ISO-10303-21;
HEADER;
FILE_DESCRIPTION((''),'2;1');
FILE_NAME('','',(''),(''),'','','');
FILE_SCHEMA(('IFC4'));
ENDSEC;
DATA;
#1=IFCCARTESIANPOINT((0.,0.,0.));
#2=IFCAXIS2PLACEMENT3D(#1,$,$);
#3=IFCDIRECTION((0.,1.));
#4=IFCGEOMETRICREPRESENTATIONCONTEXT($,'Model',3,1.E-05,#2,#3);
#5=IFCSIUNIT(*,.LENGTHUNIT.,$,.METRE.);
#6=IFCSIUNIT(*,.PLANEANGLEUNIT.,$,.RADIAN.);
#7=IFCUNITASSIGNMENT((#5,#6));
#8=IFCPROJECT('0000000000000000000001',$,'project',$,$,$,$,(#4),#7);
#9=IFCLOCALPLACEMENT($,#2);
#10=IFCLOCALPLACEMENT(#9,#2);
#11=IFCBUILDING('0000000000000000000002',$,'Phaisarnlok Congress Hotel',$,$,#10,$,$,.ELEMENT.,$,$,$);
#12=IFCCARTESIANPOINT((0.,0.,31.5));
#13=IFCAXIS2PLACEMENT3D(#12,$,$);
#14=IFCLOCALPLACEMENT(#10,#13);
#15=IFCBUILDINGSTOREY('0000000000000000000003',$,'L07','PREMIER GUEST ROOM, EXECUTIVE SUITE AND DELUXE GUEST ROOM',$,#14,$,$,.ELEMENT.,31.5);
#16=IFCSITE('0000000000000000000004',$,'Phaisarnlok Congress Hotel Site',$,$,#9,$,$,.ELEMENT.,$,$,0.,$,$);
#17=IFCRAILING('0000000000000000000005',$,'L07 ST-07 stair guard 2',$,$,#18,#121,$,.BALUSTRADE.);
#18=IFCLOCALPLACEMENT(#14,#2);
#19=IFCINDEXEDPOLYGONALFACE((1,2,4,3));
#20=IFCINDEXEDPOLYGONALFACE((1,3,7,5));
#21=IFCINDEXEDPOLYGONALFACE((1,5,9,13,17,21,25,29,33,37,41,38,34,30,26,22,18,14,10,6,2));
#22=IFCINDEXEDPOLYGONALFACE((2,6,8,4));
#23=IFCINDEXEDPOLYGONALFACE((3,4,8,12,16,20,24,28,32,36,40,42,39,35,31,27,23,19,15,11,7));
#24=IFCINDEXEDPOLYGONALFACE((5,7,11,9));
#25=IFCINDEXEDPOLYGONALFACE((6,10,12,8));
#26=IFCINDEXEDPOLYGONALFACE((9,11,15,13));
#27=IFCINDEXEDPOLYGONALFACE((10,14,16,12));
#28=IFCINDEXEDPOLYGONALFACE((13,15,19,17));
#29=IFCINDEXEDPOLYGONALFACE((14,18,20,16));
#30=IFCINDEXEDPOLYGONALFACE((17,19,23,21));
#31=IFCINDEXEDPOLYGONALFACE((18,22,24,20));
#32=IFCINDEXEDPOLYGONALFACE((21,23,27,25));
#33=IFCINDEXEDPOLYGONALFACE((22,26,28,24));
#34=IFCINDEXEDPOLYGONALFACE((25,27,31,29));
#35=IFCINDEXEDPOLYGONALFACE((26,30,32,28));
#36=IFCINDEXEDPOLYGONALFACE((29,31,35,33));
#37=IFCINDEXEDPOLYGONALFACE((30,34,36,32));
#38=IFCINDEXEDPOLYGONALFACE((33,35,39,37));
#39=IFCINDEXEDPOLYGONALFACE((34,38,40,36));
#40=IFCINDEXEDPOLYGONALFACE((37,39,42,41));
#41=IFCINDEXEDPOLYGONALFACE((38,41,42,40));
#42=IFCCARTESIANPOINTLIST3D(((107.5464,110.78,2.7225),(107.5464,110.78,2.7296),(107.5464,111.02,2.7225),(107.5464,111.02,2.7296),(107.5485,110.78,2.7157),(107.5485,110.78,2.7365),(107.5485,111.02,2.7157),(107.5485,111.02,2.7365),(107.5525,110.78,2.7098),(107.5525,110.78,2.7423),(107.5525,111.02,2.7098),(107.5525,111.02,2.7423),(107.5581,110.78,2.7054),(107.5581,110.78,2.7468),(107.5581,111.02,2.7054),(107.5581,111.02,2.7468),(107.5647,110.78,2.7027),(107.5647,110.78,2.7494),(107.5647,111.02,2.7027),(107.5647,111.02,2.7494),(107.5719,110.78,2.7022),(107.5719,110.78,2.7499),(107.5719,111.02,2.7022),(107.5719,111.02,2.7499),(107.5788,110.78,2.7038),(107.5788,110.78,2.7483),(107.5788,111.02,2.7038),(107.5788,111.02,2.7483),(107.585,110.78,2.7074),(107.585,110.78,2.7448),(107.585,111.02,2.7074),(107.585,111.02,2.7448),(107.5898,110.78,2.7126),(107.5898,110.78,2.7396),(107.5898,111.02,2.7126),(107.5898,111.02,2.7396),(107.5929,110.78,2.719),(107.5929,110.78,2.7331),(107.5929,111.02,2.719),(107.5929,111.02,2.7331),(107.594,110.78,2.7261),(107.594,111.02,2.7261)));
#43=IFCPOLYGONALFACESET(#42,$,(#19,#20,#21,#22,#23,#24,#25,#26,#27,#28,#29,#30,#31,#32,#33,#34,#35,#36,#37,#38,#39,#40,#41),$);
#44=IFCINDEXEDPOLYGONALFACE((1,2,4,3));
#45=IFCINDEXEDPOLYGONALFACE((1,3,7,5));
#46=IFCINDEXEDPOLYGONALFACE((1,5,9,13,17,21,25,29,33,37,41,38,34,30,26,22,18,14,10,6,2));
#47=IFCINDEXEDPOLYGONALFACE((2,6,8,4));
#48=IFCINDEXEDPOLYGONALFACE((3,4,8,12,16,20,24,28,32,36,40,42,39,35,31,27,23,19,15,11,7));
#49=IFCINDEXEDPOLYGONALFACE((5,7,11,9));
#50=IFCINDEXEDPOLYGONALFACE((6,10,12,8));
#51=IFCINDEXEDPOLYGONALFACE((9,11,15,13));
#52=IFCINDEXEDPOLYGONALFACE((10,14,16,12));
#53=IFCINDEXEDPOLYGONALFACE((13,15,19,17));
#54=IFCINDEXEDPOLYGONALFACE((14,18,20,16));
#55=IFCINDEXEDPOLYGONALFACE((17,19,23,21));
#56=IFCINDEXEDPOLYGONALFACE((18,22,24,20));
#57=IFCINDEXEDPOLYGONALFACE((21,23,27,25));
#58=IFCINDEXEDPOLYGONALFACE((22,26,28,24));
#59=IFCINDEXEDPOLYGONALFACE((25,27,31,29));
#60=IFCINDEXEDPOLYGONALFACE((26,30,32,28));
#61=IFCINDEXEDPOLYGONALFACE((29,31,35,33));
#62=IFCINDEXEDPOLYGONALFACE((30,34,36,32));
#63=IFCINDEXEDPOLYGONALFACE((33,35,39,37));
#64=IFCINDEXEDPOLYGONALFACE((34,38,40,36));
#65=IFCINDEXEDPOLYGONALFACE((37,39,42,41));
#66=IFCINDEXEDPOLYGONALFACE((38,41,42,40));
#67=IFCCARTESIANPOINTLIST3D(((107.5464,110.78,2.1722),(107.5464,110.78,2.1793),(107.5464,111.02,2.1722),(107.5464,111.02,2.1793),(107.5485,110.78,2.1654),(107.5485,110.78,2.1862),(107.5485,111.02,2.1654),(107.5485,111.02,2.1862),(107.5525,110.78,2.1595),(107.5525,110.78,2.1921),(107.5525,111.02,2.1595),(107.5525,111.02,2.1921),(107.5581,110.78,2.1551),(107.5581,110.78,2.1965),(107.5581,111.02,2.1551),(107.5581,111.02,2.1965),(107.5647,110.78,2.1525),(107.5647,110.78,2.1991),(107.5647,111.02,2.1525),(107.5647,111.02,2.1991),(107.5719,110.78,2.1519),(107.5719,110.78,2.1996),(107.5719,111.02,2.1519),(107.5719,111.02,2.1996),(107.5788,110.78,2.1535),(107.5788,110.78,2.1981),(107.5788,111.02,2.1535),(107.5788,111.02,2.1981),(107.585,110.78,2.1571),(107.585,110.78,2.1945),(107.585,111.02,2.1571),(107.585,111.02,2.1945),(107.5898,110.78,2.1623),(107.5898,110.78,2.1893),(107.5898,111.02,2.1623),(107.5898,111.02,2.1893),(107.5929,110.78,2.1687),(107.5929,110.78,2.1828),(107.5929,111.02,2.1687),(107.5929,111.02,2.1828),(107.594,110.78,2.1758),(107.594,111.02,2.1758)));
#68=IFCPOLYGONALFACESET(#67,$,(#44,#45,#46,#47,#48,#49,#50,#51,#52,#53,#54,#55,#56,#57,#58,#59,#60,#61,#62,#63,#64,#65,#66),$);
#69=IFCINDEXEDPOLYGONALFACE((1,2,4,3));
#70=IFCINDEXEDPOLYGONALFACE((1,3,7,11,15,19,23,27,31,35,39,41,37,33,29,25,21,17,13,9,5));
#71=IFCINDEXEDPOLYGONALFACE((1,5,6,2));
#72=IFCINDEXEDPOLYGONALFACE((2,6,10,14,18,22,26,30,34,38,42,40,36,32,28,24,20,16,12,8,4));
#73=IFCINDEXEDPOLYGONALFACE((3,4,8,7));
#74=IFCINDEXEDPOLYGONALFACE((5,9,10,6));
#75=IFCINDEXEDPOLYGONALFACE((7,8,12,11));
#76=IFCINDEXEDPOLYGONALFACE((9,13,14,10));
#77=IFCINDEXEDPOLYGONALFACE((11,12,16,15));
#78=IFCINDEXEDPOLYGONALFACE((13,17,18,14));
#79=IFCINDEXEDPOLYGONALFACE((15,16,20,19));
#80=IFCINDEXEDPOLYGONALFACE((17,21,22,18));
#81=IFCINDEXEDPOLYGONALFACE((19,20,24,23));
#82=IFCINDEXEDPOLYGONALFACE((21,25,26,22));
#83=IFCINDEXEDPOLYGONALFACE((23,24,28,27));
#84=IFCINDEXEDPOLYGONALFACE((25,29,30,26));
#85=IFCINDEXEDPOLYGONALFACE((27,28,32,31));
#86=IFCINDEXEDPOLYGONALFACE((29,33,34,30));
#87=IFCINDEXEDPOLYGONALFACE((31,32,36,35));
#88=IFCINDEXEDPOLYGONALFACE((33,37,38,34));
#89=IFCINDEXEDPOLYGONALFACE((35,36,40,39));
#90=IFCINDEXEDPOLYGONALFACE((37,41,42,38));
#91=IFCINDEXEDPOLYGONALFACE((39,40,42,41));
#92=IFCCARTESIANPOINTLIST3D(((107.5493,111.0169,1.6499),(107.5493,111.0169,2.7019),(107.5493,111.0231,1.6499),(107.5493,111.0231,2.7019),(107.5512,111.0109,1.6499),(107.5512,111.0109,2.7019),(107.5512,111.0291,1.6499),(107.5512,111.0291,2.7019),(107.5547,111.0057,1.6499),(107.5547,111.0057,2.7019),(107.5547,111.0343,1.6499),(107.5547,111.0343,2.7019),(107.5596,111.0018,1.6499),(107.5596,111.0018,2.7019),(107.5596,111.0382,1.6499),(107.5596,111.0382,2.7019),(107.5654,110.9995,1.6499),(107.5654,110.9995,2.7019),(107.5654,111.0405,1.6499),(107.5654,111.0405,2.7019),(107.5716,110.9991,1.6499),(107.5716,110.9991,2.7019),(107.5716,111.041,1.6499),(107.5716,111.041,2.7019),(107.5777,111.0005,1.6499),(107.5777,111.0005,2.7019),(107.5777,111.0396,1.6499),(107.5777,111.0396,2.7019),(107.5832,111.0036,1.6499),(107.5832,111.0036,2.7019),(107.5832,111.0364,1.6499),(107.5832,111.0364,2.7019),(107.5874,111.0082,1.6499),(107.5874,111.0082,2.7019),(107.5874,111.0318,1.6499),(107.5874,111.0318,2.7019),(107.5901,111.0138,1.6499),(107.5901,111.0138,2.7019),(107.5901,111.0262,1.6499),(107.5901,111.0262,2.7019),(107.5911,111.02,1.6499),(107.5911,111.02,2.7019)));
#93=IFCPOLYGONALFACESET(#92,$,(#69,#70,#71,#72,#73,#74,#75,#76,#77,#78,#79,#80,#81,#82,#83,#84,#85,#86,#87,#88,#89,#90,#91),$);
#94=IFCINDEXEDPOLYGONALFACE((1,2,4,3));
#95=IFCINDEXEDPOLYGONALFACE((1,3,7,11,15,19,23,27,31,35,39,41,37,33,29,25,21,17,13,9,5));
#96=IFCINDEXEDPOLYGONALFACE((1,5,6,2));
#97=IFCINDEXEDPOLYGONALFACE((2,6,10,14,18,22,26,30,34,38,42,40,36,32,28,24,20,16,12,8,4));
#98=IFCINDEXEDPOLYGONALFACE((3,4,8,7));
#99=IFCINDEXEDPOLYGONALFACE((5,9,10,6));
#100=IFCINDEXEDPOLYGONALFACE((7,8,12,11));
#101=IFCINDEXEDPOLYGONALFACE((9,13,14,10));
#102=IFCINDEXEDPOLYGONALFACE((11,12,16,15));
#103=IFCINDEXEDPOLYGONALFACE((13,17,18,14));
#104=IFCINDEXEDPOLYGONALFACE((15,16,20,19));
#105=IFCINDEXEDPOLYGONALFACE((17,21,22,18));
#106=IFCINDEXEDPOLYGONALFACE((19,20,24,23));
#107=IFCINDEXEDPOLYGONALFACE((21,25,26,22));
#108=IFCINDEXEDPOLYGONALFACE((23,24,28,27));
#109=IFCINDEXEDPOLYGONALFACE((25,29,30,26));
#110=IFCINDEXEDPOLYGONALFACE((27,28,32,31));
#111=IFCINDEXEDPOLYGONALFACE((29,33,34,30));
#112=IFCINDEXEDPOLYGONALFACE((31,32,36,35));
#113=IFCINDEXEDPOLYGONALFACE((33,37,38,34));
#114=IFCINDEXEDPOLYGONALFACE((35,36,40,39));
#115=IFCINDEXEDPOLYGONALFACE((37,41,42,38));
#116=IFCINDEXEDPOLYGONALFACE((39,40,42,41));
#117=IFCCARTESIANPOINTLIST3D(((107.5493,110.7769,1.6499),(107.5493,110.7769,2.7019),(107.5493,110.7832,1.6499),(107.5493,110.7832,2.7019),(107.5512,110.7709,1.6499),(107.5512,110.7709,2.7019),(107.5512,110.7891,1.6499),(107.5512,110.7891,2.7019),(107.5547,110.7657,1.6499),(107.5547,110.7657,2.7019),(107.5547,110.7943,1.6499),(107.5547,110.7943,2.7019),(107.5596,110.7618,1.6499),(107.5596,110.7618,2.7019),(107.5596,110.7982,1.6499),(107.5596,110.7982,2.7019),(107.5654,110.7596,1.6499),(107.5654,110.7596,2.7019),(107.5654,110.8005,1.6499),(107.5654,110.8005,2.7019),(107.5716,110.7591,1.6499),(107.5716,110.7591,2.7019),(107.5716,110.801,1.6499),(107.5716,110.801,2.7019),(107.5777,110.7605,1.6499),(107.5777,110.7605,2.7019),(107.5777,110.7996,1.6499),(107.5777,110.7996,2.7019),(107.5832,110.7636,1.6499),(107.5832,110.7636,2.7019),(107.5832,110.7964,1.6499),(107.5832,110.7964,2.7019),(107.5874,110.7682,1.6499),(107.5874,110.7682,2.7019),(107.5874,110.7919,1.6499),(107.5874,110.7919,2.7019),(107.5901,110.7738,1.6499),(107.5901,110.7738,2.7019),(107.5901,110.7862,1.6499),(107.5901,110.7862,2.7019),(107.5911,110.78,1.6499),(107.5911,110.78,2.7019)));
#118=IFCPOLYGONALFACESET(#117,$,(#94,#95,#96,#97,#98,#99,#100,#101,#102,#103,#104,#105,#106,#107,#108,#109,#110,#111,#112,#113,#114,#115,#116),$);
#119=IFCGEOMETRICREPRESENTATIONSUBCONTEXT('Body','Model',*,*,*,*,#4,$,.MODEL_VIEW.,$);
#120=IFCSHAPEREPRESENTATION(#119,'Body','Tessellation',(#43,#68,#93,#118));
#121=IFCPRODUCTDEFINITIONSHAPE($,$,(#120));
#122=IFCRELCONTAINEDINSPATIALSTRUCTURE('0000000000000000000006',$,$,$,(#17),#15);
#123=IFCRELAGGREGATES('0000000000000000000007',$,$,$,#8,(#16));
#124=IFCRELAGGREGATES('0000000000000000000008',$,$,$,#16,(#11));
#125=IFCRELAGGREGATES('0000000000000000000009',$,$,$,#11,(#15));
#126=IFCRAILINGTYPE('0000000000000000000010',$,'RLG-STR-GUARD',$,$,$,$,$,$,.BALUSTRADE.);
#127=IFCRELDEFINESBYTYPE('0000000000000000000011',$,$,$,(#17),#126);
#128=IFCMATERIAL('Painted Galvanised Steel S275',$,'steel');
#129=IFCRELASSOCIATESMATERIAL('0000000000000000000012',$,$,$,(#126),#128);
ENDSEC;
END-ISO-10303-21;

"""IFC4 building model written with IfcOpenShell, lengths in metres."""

from ifc_helpers import new_model, si_unit, direction, frame, origin, origin_2d, place, context, subcontext, project, spatial, circle, extrude, material, type_object, element, save


model = new_model("IFC4")

# Units and contexts
model_context = context("Model", 3, precision=1e-05, world=origin(), true_north=direction((0.0, 1.0)))
body_context = subcontext(model_context, "Body", "Model", "MODEL_VIEW")
ifc_project = project(units=[si_unit("LENGTHUNIT", "METRE"), si_unit("PLANEANGLEUNIT", "RADIAN")], contexts=[model_context])

# Site, building, storey
site_placement = place(None, origin())
site = spatial("IfcSite", under=ifc_project, at=site_placement, Name="Phaisarnlok Congress Hotel Site", CompositionType="ELEMENT", RefElevation=0.0)
building_placement = place(site_placement, origin())
building = spatial("IfcBuilding", under=site, at=building_placement, Name="Phaisarnlok Congress Hotel", CompositionType="ELEMENT")
storey_placement = place(building_placement, frame((0.0, 0.0, 31.5)))
storey = spatial("IfcBuildingStorey", under=building, at=storey_placement, Name="L07", Description="PREMIER GUEST ROOM, EXECUTIVE SUITE AND DELUXE GUEST ROOM", CompositionType="ELEMENT", Elevation=31.5)

# Railing
ifc_material_1 = material(Name="Painted Galvanised Steel S275", Category="steel")
railing_type_1 = type_object("IfcRailingType", Name="RLG-STR-GUARD", PredefinedType="BALUSTRADE", material=ifc_material_1)
railing_1_placement = place(storey_placement, frame((107.5701, 111.02, 1.6499)))
element("IfcRailing", 1, at=railing_1_placement, inside=storey, type_object=railing_type_1, Name="L07 ST-07 stair guard 2", PredefinedType="BALUSTRADE", context=body_context, shape_type="SweptSolid", body=[
    extrude(circle(Radius=0.0239, at=origin_2d()), frame((0.0, 0.0, 1.0762), z_axis=(0.0, -1.0, 0.0), x_axis=(1.0, 0.0, 0.0)), (0.0, 0.0, 1.0), 0.24),
    extrude(circle(Radius=0.0239, at=origin_2d()), frame((0.0, 0.0, 0.5259), z_axis=(0.0, -1.0, 0.0), x_axis=(1.0, 0.0, 0.0)), (0.0, 0.0, 1.0), 0.24),
    extrude(circle(Radius=0.021, at=origin_2d()), origin(), (0.0, 0.0, 1.0), 1.052),
    extrude(circle(Radius=0.021, at=origin_2d()), frame((0.0, -0.24, 0.0)), (0.0, 0.0, 1.0), 1.052),
])

save(model, "model.ifc")
